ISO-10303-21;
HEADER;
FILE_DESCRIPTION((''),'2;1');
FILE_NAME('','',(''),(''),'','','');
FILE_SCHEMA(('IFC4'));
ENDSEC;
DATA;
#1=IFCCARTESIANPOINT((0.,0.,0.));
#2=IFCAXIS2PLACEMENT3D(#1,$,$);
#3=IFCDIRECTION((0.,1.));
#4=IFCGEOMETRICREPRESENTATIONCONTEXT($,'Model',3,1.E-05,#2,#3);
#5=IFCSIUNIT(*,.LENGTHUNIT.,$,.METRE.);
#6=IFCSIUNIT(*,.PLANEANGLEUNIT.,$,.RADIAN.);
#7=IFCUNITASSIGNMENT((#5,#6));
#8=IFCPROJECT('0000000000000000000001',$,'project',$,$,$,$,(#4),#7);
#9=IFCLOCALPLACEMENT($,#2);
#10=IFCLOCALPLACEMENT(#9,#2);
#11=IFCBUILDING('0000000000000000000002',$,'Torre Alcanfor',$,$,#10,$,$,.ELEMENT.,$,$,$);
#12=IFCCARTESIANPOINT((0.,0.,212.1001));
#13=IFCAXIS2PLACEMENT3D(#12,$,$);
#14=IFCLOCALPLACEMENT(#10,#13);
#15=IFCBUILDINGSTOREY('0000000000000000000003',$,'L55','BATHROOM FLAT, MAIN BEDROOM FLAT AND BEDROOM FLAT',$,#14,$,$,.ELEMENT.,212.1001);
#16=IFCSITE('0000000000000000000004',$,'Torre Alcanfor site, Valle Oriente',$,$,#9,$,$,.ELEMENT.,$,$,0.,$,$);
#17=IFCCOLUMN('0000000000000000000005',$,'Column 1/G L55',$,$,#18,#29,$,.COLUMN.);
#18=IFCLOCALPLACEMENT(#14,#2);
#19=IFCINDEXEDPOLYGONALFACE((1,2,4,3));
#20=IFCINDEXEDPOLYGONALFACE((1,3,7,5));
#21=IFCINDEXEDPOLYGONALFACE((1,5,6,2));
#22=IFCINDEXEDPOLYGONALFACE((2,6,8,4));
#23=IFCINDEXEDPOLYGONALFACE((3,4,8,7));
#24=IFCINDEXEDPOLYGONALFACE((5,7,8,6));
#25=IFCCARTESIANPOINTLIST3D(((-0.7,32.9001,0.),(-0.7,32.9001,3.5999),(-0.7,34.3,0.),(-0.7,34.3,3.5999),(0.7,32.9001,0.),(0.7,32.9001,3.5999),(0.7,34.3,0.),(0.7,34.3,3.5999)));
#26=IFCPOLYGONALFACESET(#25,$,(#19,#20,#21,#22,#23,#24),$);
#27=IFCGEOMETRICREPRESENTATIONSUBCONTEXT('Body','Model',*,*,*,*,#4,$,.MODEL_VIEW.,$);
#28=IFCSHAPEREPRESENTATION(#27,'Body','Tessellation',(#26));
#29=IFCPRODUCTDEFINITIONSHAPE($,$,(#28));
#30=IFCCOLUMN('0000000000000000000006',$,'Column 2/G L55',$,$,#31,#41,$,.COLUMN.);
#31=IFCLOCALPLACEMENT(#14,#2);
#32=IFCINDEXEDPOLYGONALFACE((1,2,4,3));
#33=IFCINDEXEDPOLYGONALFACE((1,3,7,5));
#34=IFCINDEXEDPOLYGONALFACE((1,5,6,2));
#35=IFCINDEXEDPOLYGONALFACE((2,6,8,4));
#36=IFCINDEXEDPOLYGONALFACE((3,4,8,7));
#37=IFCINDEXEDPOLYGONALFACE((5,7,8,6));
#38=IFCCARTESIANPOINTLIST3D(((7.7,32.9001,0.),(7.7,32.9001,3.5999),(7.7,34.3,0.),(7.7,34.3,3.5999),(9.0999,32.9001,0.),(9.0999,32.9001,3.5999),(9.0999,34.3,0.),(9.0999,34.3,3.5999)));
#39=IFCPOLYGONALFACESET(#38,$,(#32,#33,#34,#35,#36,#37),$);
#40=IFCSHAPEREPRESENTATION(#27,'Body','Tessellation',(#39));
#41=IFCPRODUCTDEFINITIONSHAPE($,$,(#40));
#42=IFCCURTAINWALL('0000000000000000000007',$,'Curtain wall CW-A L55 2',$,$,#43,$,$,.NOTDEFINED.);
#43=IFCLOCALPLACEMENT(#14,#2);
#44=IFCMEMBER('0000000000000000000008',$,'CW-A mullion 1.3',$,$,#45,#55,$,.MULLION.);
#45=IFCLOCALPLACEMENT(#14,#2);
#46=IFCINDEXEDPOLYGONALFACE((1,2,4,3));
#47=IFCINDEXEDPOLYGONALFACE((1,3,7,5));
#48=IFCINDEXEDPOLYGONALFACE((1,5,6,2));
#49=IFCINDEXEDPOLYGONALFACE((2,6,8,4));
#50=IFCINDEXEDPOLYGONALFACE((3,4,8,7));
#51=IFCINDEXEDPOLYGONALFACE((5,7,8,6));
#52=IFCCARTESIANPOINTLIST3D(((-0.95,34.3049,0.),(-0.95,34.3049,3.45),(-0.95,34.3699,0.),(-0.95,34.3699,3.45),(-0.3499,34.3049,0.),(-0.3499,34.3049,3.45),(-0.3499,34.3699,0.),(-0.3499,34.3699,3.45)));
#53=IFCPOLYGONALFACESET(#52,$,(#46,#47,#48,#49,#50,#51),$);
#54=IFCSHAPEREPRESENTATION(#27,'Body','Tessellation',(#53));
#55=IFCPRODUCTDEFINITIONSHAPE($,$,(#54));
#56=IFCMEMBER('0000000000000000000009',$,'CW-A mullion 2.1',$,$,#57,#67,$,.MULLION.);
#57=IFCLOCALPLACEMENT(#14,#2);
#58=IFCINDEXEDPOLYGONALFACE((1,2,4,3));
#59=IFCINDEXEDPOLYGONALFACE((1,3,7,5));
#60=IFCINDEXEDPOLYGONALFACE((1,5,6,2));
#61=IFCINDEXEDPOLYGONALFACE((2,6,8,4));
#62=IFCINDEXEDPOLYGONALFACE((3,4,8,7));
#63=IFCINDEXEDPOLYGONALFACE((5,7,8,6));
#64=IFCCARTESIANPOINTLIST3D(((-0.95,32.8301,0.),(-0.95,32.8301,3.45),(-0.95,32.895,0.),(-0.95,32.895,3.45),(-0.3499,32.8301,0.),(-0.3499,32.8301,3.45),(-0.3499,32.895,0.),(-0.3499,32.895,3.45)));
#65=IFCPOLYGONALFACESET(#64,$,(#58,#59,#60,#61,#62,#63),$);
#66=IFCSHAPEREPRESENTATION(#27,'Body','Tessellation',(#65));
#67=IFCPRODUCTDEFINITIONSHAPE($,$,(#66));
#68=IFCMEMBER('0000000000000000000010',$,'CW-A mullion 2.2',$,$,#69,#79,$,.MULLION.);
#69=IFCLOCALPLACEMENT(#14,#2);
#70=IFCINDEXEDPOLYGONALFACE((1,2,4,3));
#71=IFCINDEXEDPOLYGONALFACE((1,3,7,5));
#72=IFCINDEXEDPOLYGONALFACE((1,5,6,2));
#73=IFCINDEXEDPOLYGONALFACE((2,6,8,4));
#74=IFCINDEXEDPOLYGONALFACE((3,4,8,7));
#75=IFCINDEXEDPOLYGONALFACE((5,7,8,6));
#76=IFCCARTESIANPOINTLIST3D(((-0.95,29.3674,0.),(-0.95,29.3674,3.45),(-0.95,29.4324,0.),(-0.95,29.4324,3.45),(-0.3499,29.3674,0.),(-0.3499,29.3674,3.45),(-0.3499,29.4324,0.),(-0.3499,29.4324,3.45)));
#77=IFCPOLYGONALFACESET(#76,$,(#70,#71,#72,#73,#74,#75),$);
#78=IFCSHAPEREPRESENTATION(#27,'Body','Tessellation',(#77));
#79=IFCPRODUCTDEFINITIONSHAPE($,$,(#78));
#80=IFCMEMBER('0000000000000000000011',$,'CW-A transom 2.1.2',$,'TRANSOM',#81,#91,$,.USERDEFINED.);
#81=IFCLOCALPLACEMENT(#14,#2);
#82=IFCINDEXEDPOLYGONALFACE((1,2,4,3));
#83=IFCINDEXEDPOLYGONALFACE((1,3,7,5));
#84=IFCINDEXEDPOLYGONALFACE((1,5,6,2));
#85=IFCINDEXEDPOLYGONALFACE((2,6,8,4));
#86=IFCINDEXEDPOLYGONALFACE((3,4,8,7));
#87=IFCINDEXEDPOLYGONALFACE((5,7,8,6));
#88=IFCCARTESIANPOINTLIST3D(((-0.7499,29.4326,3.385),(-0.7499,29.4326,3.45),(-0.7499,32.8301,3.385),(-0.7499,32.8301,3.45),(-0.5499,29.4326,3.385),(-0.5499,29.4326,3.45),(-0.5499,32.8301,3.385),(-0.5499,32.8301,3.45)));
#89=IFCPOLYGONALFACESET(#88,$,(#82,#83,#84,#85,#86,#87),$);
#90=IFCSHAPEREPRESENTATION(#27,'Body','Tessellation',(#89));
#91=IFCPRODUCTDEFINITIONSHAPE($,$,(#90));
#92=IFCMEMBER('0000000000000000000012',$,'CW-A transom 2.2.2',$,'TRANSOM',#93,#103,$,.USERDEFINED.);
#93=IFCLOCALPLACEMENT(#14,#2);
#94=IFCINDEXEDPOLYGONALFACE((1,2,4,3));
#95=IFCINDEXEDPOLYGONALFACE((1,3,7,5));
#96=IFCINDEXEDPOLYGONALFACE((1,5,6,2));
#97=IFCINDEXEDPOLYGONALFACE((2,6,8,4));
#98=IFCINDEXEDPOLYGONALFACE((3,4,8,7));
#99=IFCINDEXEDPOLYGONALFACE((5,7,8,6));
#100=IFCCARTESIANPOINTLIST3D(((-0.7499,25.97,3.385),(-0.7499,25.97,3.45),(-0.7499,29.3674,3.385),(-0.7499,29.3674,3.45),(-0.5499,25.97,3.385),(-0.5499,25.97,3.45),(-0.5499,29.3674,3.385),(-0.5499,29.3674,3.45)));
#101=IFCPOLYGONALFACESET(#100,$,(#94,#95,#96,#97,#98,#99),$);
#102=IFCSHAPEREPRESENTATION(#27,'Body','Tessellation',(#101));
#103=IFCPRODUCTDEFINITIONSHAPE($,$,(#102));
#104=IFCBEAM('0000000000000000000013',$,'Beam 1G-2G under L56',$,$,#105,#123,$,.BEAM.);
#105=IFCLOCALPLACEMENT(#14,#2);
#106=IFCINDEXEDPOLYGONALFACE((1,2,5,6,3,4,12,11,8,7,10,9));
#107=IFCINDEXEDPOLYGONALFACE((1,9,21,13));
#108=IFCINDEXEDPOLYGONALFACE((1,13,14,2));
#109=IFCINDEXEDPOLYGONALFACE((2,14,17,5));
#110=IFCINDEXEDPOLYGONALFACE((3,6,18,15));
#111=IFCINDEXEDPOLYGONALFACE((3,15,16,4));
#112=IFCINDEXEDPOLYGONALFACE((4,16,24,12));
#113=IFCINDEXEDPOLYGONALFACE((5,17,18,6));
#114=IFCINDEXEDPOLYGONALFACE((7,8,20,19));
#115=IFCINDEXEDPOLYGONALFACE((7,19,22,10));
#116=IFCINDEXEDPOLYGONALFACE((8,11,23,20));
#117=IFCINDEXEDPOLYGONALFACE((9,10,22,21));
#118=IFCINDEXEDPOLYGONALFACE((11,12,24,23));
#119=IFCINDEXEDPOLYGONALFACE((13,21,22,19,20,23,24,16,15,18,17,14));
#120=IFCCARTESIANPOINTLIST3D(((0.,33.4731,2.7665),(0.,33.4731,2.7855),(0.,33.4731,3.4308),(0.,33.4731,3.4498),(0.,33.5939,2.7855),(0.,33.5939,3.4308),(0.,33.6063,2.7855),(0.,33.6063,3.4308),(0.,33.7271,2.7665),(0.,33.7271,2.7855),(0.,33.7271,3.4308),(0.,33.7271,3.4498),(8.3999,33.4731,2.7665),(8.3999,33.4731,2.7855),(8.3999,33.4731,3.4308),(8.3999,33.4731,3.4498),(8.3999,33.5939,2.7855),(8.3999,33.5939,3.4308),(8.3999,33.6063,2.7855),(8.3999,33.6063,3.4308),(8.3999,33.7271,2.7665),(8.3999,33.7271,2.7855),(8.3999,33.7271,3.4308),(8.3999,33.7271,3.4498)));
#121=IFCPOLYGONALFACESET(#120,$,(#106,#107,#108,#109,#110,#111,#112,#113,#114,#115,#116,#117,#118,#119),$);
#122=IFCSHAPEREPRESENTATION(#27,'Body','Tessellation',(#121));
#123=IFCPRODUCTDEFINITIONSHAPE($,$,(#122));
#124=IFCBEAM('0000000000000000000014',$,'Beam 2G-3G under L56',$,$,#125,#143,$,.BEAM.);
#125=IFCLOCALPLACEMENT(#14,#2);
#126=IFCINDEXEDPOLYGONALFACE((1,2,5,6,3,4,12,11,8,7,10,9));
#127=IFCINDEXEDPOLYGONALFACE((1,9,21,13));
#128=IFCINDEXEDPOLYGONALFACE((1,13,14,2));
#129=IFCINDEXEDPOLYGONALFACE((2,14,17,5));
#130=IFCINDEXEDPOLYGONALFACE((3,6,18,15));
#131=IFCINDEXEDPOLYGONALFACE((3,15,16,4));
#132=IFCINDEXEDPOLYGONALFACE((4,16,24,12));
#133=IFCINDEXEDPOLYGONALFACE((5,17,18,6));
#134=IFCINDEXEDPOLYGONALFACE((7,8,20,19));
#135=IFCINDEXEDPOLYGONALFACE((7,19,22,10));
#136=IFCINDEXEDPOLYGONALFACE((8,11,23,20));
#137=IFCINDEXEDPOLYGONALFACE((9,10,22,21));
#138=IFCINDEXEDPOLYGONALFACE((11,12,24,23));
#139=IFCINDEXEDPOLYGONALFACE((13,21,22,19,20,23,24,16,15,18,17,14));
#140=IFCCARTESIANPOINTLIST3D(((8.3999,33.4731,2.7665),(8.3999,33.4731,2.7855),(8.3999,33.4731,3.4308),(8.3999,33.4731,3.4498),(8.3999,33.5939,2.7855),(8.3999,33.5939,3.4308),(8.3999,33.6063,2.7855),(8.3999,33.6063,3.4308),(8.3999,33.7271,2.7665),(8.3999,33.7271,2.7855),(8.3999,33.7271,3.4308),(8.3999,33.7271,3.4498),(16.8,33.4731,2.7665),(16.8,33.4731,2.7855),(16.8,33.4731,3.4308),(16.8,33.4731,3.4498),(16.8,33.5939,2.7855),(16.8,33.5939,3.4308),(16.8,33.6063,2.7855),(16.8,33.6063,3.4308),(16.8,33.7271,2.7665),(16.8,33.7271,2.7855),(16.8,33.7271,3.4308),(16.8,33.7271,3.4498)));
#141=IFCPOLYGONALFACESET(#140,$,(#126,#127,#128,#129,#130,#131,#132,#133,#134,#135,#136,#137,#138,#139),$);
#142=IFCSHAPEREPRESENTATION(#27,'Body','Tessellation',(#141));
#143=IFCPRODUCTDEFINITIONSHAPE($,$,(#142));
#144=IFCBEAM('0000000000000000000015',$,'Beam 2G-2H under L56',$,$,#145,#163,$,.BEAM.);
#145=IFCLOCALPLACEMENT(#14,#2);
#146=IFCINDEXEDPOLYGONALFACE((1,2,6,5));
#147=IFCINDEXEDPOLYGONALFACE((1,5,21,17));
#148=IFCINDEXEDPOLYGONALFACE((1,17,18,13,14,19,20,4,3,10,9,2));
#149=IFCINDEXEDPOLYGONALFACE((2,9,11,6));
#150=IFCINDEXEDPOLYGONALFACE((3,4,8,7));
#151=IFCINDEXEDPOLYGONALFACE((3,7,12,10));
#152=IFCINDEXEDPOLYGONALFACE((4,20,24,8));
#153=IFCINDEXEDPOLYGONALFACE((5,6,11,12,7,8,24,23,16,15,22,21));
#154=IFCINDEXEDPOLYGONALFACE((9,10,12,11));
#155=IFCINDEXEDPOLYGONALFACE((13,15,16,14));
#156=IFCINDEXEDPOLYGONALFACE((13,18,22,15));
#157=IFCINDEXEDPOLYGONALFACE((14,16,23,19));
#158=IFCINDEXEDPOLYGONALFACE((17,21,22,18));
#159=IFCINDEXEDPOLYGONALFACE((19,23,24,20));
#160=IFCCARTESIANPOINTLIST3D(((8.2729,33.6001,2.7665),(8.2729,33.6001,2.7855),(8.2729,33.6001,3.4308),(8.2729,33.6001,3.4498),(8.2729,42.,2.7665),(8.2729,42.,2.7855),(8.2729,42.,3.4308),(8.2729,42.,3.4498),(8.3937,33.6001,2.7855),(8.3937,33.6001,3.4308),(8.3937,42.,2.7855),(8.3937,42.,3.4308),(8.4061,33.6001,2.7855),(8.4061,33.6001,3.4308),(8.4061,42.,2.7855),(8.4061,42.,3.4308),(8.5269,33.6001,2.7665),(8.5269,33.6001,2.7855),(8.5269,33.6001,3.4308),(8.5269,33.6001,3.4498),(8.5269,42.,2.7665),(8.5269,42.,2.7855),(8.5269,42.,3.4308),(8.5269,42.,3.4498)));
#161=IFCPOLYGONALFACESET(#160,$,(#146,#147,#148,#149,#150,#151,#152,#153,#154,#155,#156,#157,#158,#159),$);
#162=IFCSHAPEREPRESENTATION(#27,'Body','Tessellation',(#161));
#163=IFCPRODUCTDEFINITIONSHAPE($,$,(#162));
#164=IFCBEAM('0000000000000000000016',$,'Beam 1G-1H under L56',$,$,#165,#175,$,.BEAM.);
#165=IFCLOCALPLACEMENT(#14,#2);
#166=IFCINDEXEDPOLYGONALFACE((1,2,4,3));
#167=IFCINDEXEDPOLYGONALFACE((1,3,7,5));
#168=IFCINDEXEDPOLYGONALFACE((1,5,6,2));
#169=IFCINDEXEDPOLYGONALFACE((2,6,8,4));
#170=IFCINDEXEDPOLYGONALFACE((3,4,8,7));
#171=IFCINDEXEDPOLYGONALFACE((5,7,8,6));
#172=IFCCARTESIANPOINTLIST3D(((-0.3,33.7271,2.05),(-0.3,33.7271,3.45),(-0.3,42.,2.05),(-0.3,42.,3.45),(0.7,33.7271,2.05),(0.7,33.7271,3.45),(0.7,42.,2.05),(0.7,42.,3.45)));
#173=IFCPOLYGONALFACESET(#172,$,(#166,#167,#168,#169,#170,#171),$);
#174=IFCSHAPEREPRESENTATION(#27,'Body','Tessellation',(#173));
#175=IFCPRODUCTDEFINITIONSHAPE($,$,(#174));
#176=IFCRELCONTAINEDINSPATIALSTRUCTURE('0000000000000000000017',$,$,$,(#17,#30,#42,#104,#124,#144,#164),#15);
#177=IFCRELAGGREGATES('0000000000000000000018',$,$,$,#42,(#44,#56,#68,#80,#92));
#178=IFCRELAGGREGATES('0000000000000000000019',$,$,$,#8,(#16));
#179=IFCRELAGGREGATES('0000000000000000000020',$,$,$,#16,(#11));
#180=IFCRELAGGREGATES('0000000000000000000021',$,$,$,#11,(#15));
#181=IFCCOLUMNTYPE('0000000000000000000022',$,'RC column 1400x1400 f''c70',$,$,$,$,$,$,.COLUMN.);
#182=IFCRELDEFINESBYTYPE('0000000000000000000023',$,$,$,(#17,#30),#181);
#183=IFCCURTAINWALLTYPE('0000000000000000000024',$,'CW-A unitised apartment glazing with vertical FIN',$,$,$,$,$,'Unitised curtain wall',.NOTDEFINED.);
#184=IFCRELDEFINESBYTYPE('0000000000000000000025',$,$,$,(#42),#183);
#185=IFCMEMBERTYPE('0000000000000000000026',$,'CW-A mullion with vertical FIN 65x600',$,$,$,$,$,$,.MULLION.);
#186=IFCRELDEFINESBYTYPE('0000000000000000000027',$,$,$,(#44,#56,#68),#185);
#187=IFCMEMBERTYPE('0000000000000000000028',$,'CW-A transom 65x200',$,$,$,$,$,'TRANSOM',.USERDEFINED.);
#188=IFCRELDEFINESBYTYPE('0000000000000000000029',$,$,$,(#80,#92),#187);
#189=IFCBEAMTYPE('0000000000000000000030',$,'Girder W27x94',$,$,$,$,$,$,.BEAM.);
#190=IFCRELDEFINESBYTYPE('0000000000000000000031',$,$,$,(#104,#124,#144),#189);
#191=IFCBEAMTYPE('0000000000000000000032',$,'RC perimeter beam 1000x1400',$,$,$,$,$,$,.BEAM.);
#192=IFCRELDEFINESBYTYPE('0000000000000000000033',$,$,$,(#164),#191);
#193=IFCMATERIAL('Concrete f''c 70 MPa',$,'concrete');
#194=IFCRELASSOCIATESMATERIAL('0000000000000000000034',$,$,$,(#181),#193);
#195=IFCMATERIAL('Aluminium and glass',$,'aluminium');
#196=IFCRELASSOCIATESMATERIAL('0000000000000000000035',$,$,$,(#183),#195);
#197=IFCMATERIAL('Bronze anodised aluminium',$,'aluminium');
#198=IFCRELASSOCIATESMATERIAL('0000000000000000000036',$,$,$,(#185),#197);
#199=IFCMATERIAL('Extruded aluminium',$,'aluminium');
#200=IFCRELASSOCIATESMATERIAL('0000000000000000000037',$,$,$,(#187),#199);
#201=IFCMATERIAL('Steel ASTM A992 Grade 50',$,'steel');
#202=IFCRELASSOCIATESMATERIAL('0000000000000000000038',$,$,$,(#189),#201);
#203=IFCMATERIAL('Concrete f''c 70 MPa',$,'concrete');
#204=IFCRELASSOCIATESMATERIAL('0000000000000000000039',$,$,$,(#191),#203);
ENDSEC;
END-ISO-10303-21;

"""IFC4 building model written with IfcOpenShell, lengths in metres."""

from ifc_helpers import new_model, si_unit, direction, frame, origin, origin_2d, place, context, subcontext, project, spatial, rectangle, i_section, extrude, material, material_profile, profile_set, type_object, element, aggregate, save


model = new_model("IFC4")

# Units and contexts
model_context = context("Model", 3, precision=1e-05, world=origin(), true_north=direction((0.0, 1.0)))
body_context = subcontext(model_context, "Body", "Model", "MODEL_VIEW")
ifc_project = project(units=[si_unit("LENGTHUNIT", "METRE"), si_unit("PLANEANGLEUNIT", "RADIAN")], contexts=[model_context])

# Site, building, storey
site_placement = place(None, origin())
site = spatial("IfcSite", under=ifc_project, at=site_placement, Name="Torre Alcanfor site, Valle Oriente", CompositionType="ELEMENT", RefElevation=0.0)
building_placement = place(site_placement, origin())
building = spatial("IfcBuilding", under=site, at=building_placement, Name="Torre Alcanfor", CompositionType="ELEMENT")
storey_placement = place(building_placement, frame((0.0, 0.0, 212.1001)))
storey = spatial("IfcBuildingStorey", under=building, at=storey_placement, Name="L55", Description="BATHROOM FLAT, MAIN BEDROOM FLAT AND BEDROOM FLAT", CompositionType="ELEMENT", Elevation=212.1001)

# Columns
ifc_material_1 = material(Name="Concrete f'c 70 MPa", Category="concrete")
ifc_material_profile_1 = material_profile(ifc_material_1, rectangle(XDim=1.3999, YDim=1.3999, at=origin_2d()), Name="1400x1400")
ifc_profile_set_1 = profile_set([ifc_material_profile_1], Name="Concrete f'c 70 MPa")
column_type = type_object("IfcColumnType", Name="RC column 1400x1400 f'c70", PredefinedType="COLUMN", material=ifc_profile_set_1)
for number, where, z_axis, x_axis, name in (
    (1, (0.0, 33.6001, 0.0), (0.0, 0.0, 1.0), (1.0, 0.0, 0.0), "Column 1/G L55"),
    (2, (8.3999, 33.6001, 0.0), (0.0, 0.0, 1.0), (1.0, 0.0, 0.0), "Column 2/G L55"),
):
    element("IfcColumn", number, at=place(storey_placement, frame(where, z_axis=z_axis, x_axis=x_axis)), inside=storey, type_object=column_type, Name=name, PredefinedType="COLUMN", context=body_context, shape_type="SweptSolid", body=[
        extrude(rectangle(XDim=1.3999, YDim=1.3999, at=origin_2d()), origin(), (0.0, 0.0, 1.0), 3.5999),
    ])

# Curtain wall, members
ifc_material_2 = material(Name="Aluminium and glass", Category="aluminium")
curtain_wall_type = type_object("IfcCurtainWallType", Name="CW-A unitised apartment glazing with vertical FIN", ElementType="Unitised curtain wall", PredefinedType="NOTDEFINED", material=ifc_material_2)
curtain_wall_placement = place(storey_placement, origin())
curtain_wall = element("IfcCurtainWall", 3, at=curtain_wall_placement, inside=storey, type_object=curtain_wall_type, Name="Curtain wall CW-A L55 2", PredefinedType="NOTDEFINED")
ifc_material_3 = material(Name="Bronze anodised aluminium", Category="aluminium")
ifc_material_profile_2 = material_profile(ifc_material_3, rectangle(XDim=0.6001, YDim=0.0649, at=origin_2d()), Name="CW-A mullion 65x600")
ifc_profile_set_2 = profile_set([ifc_material_profile_2], Name="Bronze anodised aluminium")
member_type_1 = type_object("IfcMemberType", Name="CW-A mullion with vertical FIN 65x600", PredefinedType="MULLION", material=ifc_profile_set_2)
member_1_placement = place(storey_placement, frame((-0.6499, 34.3374, 0.0), z_axis=(0.0, 0.0, 1.0), x_axis=(1.0, 0.0, 0.0)))
member_1 = element("IfcMember", 4, at=member_1_placement, type_object=member_type_1, Name="CW-A mullion 1.3", PredefinedType="MULLION", context=body_context, shape_type="SweptSolid", body=[
    extrude(rectangle(XDim=0.6001, YDim=0.0649, at=origin_2d()), origin(), (0.0, 0.0, 1.0), 3.45),
])
member_2_placement = place(storey_placement, frame((-0.6499, 32.8625, 0.0), z_axis=(0.0, 0.0, 1.0), x_axis=(1.0, 0.0, 0.0)))
member_2 = element("IfcMember", 5, at=member_2_placement, type_object=member_type_1, Name="CW-A mullion 2.1", PredefinedType="MULLION", context=body_context, shape_type="SweptSolid", body=[
    extrude(rectangle(XDim=0.6001, YDim=0.0649, at=origin_2d()), origin(), (0.0, 0.0, 1.0), 3.45),
])
member_3_placement = place(storey_placement, frame((-0.6499, 29.3999, 0.0), z_axis=(0.0, 0.0, 1.0), x_axis=(1.0, 0.0, 0.0)))
member_3 = element("IfcMember", 6, at=member_3_placement, type_object=member_type_1, Name="CW-A mullion 2.2", PredefinedType="MULLION", context=body_context, shape_type="SweptSolid", body=[
    extrude(rectangle(XDim=0.6001, YDim=0.0649, at=origin_2d()), origin(), (0.0, 0.0, 1.0), 3.45),
])
ifc_material_4 = material(Name="Extruded aluminium", Category="aluminium")
ifc_material_profile_3 = material_profile(ifc_material_4, rectangle(XDim=0.2, YDim=0.0649, at=origin_2d()), Name="CW-A transom 200x65")
ifc_profile_set_3 = profile_set([ifc_material_profile_3], Name="Extruded aluminium")
member_type_2 = type_object("IfcMemberType", Name="CW-A transom 65x200", ElementType="TRANSOM", PredefinedType="USERDEFINED", material=ifc_profile_set_3)
member_4_placement = place(storey_placement, frame((-0.6499, 32.8301, 3.4175), z_axis=(0.0, -1.0, 0.0), x_axis=(1.0, 0.0, 0.0)))
member_4 = element("IfcMember", 7, at=member_4_placement, type_object=member_type_2, Name="CW-A transom 2.1.2", ObjectType="TRANSOM", PredefinedType="USERDEFINED", context=body_context, shape_type="SweptSolid", body=[
    extrude(rectangle(XDim=0.2, YDim=0.0649, at=origin_2d()), origin(), (0.0, 0.0, 1.0), 3.3975),
])
member_5_placement = place(storey_placement, frame((-0.6499, 29.3674, 3.4175), z_axis=(0.0, -1.0, 0.0), x_axis=(1.0, 0.0, 0.0)))
member_5 = element("IfcMember", 8, at=member_5_placement, type_object=member_type_2, Name="CW-A transom 2.2.2", ObjectType="TRANSOM", PredefinedType="USERDEFINED", context=body_context, shape_type="SweptSolid", body=[
    extrude(rectangle(XDim=0.2, YDim=0.0649, at=origin_2d()), origin(), (0.0, 0.0, 1.0), 3.3975),
])

# Beams
ifc_material_5 = material(Name="Steel ASTM A992 Grade 50", Category="steel")
ifc_material_profile_4 = material_profile(ifc_material_5, i_section(OverallWidth=0.2539, OverallDepth=0.6833, WebThickness=0.0125, FlangeThickness=0.019, at=origin_2d()), Name="W27x94")
ifc_profile_set_4 = profile_set([ifc_material_profile_4], Name="Steel ASTM A992 Grade 50")
beam_type_1 = type_object("IfcBeamType", Name="Girder W27x94", PredefinedType="BEAM", material=ifc_profile_set_4)
beam_1_placement = place(storey_placement, frame((0.0, 33.6001, 3.1082), z_axis=(1.0, 0.0, 0.0), x_axis=(0.0, 1.0, 0.0)))
element("IfcBeam", 9, at=beam_1_placement, inside=storey, type_object=beam_type_1, Name="Beam 1G-2G under L56", PredefinedType="BEAM", context=body_context, shape_type="SweptSolid", body=[
    extrude(i_section(OverallWidth=0.2539, OverallDepth=0.6833, WebThickness=0.0125, FlangeThickness=0.019, at=origin_2d()), origin(), (0.0, 0.0, 1.0), 8.3999),
])
beam_2_placement = place(storey_placement, frame((8.3999, 33.6001, 3.1082), z_axis=(1.0, 0.0, 0.0), x_axis=(0.0, 1.0, 0.0)))
element("IfcBeam", 10, at=beam_2_placement, inside=storey, type_object=beam_type_1, Name="Beam 2G-3G under L56", PredefinedType="BEAM", context=body_context, shape_type="SweptSolid", body=[
    extrude(i_section(OverallWidth=0.2539, OverallDepth=0.6833, WebThickness=0.0125, FlangeThickness=0.019, at=origin_2d()), origin(), (0.0, 0.0, 1.0), 8.4001),
])
beam_3_placement = place(storey_placement, frame((8.3999, 33.6001, 3.1082), z_axis=(0.0, 1.0, 0.0), x_axis=(-1.0, 0.0, 0.0)))
element("IfcBeam", 11, at=beam_3_placement, inside=storey, type_object=beam_type_1, Name="Beam 2G-2H under L56", PredefinedType="BEAM", context=body_context, shape_type="SweptSolid", body=[
    extrude(i_section(OverallWidth=0.2539, OverallDepth=0.6833, WebThickness=0.0125, FlangeThickness=0.019, at=origin_2d()), origin(), (0.0, 0.0, 1.0), 8.3999),
])
ifc_material_6 = material(Name="Concrete f'c 70 MPa", Category="concrete")
ifc_material_profile_5 = material_profile(ifc_material_6, rectangle(XDim=1.0, YDim=1.3999, at=origin_2d()), Name="1000x1400")
ifc_profile_set_5 = profile_set([ifc_material_profile_5], Name="Concrete f'c 70 MPa")
beam_type_2 = type_object("IfcBeamType", Name="RC perimeter beam 1000x1400", PredefinedType="BEAM", material=ifc_profile_set_5)
beam_4_placement = place(storey_placement, frame((0.2, 33.7271, 2.75), z_axis=(0.0, 1.0, 0.0), x_axis=(-1.0, 0.0, 0.0)))
element("IfcBeam", 12, at=beam_4_placement, inside=storey, type_object=beam_type_2, Name="Beam 1G-1H under L56", PredefinedType="BEAM", context=body_context, shape_type="SweptSolid", body=[
    extrude(rectangle(XDim=1.0, YDim=1.3999, at=origin_2d()), origin(), (0.0, 0.0, 1.0), 8.2729),
])

aggregate(curtain_wall, [member_1, member_2, member_3, member_4, member_5])

save(model, "model.ifc")
